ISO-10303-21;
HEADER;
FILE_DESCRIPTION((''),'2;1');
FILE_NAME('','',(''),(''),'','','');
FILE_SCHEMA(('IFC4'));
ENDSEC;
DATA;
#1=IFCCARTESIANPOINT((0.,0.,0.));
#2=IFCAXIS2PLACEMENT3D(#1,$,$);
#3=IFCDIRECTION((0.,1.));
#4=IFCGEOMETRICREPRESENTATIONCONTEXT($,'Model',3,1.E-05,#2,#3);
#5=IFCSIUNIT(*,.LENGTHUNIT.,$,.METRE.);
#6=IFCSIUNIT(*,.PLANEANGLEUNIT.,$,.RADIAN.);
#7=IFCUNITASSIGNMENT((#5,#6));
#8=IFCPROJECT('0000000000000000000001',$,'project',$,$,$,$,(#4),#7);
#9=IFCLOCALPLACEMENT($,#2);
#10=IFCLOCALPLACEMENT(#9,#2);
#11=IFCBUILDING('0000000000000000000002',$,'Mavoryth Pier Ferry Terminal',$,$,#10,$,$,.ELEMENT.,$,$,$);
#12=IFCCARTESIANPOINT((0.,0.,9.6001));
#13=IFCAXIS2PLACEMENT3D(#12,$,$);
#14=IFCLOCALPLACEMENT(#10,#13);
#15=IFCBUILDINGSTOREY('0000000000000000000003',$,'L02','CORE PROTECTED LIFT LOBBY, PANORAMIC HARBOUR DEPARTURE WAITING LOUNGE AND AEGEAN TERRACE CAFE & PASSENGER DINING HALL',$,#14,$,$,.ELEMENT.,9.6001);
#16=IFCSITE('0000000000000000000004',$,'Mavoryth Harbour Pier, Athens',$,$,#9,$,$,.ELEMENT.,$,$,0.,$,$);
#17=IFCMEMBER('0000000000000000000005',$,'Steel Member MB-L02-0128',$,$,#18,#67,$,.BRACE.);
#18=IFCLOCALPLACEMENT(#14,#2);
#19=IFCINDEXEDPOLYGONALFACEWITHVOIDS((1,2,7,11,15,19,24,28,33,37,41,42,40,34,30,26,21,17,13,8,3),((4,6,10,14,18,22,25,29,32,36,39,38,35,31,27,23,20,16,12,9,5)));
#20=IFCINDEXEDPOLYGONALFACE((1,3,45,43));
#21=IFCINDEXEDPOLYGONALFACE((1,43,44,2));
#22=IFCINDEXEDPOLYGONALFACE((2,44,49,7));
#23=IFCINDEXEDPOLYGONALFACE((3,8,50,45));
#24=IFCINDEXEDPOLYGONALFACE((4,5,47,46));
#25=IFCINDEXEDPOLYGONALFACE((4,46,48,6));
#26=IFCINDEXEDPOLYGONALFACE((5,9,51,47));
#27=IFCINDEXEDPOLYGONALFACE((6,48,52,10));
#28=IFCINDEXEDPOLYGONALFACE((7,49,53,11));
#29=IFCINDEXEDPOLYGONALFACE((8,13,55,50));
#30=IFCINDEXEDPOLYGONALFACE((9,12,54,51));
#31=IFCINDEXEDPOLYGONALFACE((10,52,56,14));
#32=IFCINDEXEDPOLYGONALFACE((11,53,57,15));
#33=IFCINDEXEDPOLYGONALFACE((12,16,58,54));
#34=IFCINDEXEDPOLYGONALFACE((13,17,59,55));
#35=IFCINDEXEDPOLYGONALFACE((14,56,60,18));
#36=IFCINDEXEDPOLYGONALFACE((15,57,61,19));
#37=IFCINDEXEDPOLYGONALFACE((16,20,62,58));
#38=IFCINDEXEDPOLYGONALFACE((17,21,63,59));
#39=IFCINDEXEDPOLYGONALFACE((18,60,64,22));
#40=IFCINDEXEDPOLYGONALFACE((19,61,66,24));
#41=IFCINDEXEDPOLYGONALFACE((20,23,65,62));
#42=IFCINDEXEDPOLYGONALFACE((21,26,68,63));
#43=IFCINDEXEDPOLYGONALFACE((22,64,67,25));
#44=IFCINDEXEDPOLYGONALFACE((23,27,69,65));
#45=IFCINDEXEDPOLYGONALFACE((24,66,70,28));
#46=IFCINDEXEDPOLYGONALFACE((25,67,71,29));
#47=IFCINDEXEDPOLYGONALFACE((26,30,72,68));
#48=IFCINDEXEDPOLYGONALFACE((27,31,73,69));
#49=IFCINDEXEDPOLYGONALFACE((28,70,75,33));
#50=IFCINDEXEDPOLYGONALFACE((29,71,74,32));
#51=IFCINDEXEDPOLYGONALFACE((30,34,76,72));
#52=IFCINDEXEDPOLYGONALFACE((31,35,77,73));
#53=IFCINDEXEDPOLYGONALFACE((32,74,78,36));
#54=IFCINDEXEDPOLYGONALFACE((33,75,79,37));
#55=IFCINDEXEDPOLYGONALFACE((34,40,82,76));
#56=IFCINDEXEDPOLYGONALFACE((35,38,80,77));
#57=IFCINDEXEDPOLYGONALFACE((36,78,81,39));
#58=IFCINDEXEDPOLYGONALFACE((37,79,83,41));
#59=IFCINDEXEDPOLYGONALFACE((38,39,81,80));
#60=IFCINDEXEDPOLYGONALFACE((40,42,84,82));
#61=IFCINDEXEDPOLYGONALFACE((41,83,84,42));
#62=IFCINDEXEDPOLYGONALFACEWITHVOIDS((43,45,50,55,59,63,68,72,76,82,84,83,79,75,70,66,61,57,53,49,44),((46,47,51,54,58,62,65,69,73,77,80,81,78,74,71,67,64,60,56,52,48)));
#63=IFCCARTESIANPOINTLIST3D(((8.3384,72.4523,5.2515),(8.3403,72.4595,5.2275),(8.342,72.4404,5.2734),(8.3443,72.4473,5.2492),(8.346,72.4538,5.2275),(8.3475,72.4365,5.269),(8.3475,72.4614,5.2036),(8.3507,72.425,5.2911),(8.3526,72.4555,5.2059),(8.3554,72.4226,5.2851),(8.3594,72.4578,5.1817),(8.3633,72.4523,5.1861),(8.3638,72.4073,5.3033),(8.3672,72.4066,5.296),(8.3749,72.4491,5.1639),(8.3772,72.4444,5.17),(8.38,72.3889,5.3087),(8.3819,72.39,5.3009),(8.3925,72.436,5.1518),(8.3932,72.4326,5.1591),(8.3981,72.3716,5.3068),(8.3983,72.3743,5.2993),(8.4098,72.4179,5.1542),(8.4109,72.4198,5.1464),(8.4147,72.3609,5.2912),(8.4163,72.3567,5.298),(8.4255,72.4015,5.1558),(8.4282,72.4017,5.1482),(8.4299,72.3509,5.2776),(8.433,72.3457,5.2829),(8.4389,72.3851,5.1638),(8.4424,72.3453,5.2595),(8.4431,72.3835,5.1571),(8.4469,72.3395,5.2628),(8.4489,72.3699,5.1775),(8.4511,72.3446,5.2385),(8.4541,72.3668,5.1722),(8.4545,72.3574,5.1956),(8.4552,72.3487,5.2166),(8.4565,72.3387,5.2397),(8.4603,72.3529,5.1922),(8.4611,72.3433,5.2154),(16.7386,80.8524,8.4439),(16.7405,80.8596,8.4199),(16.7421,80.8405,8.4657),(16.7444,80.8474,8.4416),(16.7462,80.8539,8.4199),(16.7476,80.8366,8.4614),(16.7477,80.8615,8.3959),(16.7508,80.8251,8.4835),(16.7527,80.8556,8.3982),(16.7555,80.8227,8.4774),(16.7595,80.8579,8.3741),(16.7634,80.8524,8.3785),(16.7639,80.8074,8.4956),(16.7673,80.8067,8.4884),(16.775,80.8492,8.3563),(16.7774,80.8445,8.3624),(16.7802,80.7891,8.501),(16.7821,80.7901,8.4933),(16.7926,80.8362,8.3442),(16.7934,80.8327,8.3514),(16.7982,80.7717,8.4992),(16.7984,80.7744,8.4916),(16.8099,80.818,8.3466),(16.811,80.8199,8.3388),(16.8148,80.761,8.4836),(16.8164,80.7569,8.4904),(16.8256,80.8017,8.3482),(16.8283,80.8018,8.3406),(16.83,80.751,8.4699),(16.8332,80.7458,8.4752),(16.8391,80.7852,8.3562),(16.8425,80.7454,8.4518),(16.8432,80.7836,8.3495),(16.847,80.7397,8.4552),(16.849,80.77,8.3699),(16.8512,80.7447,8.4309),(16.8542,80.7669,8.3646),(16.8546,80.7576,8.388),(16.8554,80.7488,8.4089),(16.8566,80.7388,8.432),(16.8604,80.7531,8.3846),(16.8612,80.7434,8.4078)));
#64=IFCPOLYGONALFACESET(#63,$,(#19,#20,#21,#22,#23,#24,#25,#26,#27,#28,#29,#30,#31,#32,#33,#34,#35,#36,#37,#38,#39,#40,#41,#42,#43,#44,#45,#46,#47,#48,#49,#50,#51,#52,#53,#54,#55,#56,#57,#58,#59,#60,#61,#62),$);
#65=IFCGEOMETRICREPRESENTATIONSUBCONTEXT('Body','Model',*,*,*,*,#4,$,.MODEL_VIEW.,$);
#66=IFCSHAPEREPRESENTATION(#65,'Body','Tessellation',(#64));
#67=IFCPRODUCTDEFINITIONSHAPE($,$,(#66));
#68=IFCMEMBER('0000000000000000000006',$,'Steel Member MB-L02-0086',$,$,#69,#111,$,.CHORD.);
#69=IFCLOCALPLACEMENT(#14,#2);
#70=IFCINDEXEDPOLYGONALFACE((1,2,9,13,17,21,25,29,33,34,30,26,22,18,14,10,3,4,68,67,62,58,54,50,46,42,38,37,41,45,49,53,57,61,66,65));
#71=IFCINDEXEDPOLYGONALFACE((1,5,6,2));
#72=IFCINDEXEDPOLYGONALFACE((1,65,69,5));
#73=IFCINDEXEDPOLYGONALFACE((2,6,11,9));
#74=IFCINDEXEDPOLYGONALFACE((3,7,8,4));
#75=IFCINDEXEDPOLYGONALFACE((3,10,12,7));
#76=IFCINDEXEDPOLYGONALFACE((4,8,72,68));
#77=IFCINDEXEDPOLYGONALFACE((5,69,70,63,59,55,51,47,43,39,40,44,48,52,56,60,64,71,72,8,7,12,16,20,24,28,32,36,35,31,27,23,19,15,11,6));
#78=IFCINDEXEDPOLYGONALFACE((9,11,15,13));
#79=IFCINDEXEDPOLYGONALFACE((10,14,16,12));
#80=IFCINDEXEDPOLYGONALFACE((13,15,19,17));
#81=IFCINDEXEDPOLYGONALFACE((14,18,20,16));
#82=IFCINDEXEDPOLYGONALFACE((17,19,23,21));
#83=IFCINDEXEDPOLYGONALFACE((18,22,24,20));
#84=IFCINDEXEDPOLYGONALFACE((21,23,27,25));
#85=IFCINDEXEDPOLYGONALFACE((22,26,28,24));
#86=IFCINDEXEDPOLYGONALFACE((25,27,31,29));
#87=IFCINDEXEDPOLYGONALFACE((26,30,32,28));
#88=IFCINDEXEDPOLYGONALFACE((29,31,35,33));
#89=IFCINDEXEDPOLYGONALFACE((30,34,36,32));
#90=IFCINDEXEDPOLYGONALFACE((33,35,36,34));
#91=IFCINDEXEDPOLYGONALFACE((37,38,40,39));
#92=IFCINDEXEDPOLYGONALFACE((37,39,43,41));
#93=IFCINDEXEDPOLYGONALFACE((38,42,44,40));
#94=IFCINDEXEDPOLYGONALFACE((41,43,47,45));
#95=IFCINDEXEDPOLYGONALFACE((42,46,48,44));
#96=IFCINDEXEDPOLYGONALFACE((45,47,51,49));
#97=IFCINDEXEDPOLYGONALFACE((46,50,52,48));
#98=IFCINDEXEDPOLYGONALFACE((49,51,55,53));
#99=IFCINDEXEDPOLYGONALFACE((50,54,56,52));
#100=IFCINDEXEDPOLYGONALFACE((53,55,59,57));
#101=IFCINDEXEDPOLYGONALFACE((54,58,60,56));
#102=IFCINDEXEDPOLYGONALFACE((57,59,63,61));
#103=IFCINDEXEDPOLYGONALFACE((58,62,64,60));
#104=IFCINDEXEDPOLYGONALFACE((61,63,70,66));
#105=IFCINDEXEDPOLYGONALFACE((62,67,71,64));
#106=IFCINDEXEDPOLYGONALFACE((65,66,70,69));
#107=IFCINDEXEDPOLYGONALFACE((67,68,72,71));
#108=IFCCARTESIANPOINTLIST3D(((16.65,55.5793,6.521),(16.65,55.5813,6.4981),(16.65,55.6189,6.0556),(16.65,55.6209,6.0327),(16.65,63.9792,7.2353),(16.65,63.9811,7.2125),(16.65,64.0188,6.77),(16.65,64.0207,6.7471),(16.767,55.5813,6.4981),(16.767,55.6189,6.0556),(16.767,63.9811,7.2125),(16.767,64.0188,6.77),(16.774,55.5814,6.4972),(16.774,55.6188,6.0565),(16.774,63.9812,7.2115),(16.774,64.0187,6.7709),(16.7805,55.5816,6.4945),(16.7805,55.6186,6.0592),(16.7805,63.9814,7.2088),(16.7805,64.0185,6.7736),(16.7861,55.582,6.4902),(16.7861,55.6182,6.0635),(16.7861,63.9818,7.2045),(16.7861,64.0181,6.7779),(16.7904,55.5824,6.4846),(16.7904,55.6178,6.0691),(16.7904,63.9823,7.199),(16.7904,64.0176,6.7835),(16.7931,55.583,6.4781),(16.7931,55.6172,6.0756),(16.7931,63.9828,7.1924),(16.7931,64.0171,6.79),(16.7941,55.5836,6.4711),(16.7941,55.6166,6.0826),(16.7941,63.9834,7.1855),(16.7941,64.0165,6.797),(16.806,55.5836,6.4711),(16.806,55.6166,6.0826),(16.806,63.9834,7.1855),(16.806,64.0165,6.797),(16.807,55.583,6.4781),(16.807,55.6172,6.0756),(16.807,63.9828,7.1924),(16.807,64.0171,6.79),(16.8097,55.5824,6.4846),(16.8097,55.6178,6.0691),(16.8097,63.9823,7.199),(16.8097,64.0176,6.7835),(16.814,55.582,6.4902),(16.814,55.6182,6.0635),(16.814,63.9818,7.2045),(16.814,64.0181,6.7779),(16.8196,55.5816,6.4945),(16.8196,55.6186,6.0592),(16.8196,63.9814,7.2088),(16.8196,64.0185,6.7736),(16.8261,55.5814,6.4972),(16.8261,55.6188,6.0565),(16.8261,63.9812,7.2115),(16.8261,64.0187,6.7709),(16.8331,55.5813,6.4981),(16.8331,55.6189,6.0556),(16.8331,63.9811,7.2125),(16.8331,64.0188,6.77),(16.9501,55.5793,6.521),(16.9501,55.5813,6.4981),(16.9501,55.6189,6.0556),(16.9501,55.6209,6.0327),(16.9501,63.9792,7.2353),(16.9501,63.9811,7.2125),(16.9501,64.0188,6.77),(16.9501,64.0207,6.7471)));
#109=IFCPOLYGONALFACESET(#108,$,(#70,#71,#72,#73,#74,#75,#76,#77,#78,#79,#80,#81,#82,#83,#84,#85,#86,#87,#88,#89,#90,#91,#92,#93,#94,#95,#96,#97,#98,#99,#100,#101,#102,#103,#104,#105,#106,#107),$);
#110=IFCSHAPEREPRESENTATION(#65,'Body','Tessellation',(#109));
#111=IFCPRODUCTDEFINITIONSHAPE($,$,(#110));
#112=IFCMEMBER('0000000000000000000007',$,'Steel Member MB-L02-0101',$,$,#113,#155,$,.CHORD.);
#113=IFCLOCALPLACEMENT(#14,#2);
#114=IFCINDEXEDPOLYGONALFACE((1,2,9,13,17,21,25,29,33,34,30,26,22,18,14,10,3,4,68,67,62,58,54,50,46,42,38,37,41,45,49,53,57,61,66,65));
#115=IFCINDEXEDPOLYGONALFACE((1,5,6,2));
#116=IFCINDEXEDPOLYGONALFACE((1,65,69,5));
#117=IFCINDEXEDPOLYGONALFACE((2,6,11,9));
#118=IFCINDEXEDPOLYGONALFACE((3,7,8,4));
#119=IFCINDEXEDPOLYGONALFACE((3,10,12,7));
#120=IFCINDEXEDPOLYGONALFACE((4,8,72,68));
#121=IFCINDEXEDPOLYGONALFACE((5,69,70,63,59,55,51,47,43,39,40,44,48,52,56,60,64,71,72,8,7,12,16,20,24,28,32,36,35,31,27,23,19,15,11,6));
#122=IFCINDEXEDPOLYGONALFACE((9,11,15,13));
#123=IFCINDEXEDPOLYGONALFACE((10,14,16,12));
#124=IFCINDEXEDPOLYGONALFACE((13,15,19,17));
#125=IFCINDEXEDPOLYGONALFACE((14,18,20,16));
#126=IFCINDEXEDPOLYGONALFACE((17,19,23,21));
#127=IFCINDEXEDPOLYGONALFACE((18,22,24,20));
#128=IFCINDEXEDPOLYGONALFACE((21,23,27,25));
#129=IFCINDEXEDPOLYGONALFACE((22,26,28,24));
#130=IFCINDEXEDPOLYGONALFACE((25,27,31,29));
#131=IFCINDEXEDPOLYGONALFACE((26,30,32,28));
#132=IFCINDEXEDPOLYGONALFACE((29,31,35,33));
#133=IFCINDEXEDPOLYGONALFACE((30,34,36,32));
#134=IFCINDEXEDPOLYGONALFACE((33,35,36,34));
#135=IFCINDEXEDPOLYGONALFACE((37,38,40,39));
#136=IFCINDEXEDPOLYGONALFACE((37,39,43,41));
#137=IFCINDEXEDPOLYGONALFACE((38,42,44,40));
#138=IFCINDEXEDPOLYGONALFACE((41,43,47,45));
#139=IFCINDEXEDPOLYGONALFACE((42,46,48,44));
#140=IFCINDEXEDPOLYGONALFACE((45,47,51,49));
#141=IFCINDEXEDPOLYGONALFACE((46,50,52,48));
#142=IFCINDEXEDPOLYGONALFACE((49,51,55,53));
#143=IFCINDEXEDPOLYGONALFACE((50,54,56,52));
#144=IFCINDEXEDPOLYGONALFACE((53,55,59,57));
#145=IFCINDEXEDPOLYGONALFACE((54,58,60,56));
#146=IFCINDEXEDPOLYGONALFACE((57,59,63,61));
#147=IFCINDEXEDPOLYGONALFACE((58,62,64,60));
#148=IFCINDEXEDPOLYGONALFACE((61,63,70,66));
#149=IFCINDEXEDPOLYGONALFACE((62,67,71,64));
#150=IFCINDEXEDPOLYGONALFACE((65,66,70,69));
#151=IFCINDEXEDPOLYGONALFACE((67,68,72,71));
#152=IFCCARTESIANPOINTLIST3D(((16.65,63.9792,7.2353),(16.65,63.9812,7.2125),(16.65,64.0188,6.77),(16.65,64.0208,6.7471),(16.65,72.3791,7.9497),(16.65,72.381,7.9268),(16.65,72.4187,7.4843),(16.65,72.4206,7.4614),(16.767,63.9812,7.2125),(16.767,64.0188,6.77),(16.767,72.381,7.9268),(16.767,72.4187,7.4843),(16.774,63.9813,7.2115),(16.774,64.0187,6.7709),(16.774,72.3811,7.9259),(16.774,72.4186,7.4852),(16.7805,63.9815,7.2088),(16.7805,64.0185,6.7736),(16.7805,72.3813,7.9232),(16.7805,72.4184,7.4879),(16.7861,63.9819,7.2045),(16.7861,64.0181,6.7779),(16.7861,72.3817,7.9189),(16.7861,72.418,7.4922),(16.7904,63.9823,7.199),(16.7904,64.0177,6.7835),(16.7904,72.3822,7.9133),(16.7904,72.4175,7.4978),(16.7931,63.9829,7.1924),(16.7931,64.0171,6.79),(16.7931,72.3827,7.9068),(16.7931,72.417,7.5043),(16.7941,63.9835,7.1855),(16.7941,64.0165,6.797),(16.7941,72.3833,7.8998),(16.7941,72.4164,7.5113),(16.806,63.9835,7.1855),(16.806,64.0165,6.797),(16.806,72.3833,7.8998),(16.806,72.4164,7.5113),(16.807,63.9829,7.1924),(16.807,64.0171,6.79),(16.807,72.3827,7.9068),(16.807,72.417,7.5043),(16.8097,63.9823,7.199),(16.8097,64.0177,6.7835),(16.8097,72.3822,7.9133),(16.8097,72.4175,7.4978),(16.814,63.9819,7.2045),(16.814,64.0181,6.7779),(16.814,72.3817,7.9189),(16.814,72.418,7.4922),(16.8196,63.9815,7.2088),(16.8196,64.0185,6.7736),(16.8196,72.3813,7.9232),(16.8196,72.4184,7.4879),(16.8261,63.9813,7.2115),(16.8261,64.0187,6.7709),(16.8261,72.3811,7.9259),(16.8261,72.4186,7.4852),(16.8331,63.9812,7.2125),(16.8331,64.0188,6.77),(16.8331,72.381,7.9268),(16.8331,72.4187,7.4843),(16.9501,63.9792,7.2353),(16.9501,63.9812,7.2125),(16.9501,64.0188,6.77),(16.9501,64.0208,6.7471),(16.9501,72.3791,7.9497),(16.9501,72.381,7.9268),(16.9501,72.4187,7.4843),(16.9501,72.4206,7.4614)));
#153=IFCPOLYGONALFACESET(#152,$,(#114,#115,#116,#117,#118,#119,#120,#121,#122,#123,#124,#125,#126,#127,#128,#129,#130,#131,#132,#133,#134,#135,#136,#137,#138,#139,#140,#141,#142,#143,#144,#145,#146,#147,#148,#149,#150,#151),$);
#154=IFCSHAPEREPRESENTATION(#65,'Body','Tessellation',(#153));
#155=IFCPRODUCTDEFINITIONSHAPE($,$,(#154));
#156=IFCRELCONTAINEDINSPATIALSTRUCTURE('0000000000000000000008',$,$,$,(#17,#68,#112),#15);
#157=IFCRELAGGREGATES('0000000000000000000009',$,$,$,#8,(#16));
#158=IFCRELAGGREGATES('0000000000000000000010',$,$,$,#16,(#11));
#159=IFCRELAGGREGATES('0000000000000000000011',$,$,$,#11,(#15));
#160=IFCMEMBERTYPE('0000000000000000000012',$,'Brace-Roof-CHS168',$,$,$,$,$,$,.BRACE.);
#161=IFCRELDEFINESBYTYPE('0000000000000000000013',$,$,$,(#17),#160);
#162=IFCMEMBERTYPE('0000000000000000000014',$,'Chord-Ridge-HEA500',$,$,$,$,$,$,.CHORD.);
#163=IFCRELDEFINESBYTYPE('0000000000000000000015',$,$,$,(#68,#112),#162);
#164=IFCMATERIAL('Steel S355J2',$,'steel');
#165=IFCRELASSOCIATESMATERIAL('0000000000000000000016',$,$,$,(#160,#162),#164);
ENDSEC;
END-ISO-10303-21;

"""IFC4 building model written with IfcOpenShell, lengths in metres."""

from ifc_helpers import new_model, si_unit, direction, frame, origin, origin_2d, place, context, subcontext, project, spatial, hollow_circle, i_section, extrude, material, material_profile, profile_set, type_object, element, save


model = new_model("IFC4")

# Units and contexts
model_context = context("Model", 3, precision=1e-05, world=origin(), true_north=direction((0.0, 1.0)))
body_context = subcontext(model_context, "Body", "Model", "MODEL_VIEW")
ifc_project = project(units=[si_unit("LENGTHUNIT", "METRE"), si_unit("PLANEANGLEUNIT", "RADIAN")], contexts=[model_context])

# Site, building, storey
site_placement = place(None, origin())
site = spatial("IfcSite", under=ifc_project, at=site_placement, Name="Mavoryth Harbour Pier, Athens", CompositionType="ELEMENT", RefElevation=0.0)
building_placement = place(site_placement, origin())
building = spatial("IfcBuilding", under=site, at=building_placement, Name="Mavoryth Pier Ferry Terminal", CompositionType="ELEMENT")
storey_placement = place(building_placement, frame((0.0, 0.0, 9.6001)))
storey = spatial("IfcBuildingStorey", under=building, at=storey_placement, Name="L02", Description="CORE PROTECTED LIFT LOBBY, PANORAMIC HARBOUR DEPARTURE WAITING LOUNGE AND AEGEAN TERRACE CAFE & PASSENGER DINING HALL", CompositionType="ELEMENT", Elevation=9.6001)

# Members
ifc_material_1 = material(Name="Steel S355J2", Category="steel")
ifc_material_profile_1 = material_profile(ifc_material_1, hollow_circle(Radius=0.0842, WallThickness=0.0081, at=origin_2d()), Name="CHS 168.3x8.0", Category="steel")
ifc_profile_set_1 = profile_set([ifc_material_profile_1], Name="Steel S355J2 - CHS 168.3x8.0")
member_type_1 = type_object("IfcMemberType", Name="Brace-Roof-CHS168", PredefinedType="BRACE", material=ifc_profile_set_1)
member_1_placement = place(storey_placement, frame((8.3999, 72.3999, 5.2275), z_axis=(0.68288, 0.68288, 0.259521), x_axis=(-0.707107, 0.707107, 0.0)))
element("IfcMember", 1, at=member_1_placement, inside=storey, type_object=member_type_1, Name="Steel Member MB-L02-0128", PredefinedType="BRACE", context=body_context, shape_type="SweptSolid", body=[
    extrude(hollow_circle(Radius=0.0842, WallThickness=0.0081, at=origin_2d()), origin(), (0.0, 0.0, 1.0), 12.301),
])
ifc_material_profile_2 = material_profile(ifc_material_1, i_section(OverallWidth=0.3, OverallDepth=0.49, WebThickness=0.012, FlangeThickness=0.0229, FilletRadius=0.0271, at=origin_2d()), Name="HEA 500", Category="steel")
ifc_profile_set_2 = profile_set([ifc_material_profile_2], Name="Steel S355J2 - HEA 500")
member_type_2 = type_object("IfcMemberType", Name="Chord-Ridge-HEA500", PredefinedType="CHORD", material=ifc_profile_set_2)
for number, where, z_axis, x_axis, name in (
    (2, (16.8, 55.6001, 6.2769), (0.0, 0.996403, 0.084737), (-1.0, 0.0, 0.0), "Steel Member MB-L02-0086"),
    (3, (16.8, 64.0, 6.9912), (0.0, 0.996403, 0.084737), (-1.0, 0.0, 0.0), "Steel Member MB-L02-0101"),
):
    element("IfcMember", number, at=place(storey_placement, frame(where, z_axis=z_axis, x_axis=x_axis)), inside=storey, type_object=member_type_2, Name=name, PredefinedType="CHORD", context=body_context, shape_type="SweptSolid", body=[
        extrude(i_section(OverallWidth=0.3, OverallDepth=0.49, WebThickness=0.012, FlangeThickness=0.0229, FilletRadius=0.0271, at=origin_2d()), origin(), (0.0, 0.0, 1.0), 8.4302),
    ])

save(model, "model.ifc")
